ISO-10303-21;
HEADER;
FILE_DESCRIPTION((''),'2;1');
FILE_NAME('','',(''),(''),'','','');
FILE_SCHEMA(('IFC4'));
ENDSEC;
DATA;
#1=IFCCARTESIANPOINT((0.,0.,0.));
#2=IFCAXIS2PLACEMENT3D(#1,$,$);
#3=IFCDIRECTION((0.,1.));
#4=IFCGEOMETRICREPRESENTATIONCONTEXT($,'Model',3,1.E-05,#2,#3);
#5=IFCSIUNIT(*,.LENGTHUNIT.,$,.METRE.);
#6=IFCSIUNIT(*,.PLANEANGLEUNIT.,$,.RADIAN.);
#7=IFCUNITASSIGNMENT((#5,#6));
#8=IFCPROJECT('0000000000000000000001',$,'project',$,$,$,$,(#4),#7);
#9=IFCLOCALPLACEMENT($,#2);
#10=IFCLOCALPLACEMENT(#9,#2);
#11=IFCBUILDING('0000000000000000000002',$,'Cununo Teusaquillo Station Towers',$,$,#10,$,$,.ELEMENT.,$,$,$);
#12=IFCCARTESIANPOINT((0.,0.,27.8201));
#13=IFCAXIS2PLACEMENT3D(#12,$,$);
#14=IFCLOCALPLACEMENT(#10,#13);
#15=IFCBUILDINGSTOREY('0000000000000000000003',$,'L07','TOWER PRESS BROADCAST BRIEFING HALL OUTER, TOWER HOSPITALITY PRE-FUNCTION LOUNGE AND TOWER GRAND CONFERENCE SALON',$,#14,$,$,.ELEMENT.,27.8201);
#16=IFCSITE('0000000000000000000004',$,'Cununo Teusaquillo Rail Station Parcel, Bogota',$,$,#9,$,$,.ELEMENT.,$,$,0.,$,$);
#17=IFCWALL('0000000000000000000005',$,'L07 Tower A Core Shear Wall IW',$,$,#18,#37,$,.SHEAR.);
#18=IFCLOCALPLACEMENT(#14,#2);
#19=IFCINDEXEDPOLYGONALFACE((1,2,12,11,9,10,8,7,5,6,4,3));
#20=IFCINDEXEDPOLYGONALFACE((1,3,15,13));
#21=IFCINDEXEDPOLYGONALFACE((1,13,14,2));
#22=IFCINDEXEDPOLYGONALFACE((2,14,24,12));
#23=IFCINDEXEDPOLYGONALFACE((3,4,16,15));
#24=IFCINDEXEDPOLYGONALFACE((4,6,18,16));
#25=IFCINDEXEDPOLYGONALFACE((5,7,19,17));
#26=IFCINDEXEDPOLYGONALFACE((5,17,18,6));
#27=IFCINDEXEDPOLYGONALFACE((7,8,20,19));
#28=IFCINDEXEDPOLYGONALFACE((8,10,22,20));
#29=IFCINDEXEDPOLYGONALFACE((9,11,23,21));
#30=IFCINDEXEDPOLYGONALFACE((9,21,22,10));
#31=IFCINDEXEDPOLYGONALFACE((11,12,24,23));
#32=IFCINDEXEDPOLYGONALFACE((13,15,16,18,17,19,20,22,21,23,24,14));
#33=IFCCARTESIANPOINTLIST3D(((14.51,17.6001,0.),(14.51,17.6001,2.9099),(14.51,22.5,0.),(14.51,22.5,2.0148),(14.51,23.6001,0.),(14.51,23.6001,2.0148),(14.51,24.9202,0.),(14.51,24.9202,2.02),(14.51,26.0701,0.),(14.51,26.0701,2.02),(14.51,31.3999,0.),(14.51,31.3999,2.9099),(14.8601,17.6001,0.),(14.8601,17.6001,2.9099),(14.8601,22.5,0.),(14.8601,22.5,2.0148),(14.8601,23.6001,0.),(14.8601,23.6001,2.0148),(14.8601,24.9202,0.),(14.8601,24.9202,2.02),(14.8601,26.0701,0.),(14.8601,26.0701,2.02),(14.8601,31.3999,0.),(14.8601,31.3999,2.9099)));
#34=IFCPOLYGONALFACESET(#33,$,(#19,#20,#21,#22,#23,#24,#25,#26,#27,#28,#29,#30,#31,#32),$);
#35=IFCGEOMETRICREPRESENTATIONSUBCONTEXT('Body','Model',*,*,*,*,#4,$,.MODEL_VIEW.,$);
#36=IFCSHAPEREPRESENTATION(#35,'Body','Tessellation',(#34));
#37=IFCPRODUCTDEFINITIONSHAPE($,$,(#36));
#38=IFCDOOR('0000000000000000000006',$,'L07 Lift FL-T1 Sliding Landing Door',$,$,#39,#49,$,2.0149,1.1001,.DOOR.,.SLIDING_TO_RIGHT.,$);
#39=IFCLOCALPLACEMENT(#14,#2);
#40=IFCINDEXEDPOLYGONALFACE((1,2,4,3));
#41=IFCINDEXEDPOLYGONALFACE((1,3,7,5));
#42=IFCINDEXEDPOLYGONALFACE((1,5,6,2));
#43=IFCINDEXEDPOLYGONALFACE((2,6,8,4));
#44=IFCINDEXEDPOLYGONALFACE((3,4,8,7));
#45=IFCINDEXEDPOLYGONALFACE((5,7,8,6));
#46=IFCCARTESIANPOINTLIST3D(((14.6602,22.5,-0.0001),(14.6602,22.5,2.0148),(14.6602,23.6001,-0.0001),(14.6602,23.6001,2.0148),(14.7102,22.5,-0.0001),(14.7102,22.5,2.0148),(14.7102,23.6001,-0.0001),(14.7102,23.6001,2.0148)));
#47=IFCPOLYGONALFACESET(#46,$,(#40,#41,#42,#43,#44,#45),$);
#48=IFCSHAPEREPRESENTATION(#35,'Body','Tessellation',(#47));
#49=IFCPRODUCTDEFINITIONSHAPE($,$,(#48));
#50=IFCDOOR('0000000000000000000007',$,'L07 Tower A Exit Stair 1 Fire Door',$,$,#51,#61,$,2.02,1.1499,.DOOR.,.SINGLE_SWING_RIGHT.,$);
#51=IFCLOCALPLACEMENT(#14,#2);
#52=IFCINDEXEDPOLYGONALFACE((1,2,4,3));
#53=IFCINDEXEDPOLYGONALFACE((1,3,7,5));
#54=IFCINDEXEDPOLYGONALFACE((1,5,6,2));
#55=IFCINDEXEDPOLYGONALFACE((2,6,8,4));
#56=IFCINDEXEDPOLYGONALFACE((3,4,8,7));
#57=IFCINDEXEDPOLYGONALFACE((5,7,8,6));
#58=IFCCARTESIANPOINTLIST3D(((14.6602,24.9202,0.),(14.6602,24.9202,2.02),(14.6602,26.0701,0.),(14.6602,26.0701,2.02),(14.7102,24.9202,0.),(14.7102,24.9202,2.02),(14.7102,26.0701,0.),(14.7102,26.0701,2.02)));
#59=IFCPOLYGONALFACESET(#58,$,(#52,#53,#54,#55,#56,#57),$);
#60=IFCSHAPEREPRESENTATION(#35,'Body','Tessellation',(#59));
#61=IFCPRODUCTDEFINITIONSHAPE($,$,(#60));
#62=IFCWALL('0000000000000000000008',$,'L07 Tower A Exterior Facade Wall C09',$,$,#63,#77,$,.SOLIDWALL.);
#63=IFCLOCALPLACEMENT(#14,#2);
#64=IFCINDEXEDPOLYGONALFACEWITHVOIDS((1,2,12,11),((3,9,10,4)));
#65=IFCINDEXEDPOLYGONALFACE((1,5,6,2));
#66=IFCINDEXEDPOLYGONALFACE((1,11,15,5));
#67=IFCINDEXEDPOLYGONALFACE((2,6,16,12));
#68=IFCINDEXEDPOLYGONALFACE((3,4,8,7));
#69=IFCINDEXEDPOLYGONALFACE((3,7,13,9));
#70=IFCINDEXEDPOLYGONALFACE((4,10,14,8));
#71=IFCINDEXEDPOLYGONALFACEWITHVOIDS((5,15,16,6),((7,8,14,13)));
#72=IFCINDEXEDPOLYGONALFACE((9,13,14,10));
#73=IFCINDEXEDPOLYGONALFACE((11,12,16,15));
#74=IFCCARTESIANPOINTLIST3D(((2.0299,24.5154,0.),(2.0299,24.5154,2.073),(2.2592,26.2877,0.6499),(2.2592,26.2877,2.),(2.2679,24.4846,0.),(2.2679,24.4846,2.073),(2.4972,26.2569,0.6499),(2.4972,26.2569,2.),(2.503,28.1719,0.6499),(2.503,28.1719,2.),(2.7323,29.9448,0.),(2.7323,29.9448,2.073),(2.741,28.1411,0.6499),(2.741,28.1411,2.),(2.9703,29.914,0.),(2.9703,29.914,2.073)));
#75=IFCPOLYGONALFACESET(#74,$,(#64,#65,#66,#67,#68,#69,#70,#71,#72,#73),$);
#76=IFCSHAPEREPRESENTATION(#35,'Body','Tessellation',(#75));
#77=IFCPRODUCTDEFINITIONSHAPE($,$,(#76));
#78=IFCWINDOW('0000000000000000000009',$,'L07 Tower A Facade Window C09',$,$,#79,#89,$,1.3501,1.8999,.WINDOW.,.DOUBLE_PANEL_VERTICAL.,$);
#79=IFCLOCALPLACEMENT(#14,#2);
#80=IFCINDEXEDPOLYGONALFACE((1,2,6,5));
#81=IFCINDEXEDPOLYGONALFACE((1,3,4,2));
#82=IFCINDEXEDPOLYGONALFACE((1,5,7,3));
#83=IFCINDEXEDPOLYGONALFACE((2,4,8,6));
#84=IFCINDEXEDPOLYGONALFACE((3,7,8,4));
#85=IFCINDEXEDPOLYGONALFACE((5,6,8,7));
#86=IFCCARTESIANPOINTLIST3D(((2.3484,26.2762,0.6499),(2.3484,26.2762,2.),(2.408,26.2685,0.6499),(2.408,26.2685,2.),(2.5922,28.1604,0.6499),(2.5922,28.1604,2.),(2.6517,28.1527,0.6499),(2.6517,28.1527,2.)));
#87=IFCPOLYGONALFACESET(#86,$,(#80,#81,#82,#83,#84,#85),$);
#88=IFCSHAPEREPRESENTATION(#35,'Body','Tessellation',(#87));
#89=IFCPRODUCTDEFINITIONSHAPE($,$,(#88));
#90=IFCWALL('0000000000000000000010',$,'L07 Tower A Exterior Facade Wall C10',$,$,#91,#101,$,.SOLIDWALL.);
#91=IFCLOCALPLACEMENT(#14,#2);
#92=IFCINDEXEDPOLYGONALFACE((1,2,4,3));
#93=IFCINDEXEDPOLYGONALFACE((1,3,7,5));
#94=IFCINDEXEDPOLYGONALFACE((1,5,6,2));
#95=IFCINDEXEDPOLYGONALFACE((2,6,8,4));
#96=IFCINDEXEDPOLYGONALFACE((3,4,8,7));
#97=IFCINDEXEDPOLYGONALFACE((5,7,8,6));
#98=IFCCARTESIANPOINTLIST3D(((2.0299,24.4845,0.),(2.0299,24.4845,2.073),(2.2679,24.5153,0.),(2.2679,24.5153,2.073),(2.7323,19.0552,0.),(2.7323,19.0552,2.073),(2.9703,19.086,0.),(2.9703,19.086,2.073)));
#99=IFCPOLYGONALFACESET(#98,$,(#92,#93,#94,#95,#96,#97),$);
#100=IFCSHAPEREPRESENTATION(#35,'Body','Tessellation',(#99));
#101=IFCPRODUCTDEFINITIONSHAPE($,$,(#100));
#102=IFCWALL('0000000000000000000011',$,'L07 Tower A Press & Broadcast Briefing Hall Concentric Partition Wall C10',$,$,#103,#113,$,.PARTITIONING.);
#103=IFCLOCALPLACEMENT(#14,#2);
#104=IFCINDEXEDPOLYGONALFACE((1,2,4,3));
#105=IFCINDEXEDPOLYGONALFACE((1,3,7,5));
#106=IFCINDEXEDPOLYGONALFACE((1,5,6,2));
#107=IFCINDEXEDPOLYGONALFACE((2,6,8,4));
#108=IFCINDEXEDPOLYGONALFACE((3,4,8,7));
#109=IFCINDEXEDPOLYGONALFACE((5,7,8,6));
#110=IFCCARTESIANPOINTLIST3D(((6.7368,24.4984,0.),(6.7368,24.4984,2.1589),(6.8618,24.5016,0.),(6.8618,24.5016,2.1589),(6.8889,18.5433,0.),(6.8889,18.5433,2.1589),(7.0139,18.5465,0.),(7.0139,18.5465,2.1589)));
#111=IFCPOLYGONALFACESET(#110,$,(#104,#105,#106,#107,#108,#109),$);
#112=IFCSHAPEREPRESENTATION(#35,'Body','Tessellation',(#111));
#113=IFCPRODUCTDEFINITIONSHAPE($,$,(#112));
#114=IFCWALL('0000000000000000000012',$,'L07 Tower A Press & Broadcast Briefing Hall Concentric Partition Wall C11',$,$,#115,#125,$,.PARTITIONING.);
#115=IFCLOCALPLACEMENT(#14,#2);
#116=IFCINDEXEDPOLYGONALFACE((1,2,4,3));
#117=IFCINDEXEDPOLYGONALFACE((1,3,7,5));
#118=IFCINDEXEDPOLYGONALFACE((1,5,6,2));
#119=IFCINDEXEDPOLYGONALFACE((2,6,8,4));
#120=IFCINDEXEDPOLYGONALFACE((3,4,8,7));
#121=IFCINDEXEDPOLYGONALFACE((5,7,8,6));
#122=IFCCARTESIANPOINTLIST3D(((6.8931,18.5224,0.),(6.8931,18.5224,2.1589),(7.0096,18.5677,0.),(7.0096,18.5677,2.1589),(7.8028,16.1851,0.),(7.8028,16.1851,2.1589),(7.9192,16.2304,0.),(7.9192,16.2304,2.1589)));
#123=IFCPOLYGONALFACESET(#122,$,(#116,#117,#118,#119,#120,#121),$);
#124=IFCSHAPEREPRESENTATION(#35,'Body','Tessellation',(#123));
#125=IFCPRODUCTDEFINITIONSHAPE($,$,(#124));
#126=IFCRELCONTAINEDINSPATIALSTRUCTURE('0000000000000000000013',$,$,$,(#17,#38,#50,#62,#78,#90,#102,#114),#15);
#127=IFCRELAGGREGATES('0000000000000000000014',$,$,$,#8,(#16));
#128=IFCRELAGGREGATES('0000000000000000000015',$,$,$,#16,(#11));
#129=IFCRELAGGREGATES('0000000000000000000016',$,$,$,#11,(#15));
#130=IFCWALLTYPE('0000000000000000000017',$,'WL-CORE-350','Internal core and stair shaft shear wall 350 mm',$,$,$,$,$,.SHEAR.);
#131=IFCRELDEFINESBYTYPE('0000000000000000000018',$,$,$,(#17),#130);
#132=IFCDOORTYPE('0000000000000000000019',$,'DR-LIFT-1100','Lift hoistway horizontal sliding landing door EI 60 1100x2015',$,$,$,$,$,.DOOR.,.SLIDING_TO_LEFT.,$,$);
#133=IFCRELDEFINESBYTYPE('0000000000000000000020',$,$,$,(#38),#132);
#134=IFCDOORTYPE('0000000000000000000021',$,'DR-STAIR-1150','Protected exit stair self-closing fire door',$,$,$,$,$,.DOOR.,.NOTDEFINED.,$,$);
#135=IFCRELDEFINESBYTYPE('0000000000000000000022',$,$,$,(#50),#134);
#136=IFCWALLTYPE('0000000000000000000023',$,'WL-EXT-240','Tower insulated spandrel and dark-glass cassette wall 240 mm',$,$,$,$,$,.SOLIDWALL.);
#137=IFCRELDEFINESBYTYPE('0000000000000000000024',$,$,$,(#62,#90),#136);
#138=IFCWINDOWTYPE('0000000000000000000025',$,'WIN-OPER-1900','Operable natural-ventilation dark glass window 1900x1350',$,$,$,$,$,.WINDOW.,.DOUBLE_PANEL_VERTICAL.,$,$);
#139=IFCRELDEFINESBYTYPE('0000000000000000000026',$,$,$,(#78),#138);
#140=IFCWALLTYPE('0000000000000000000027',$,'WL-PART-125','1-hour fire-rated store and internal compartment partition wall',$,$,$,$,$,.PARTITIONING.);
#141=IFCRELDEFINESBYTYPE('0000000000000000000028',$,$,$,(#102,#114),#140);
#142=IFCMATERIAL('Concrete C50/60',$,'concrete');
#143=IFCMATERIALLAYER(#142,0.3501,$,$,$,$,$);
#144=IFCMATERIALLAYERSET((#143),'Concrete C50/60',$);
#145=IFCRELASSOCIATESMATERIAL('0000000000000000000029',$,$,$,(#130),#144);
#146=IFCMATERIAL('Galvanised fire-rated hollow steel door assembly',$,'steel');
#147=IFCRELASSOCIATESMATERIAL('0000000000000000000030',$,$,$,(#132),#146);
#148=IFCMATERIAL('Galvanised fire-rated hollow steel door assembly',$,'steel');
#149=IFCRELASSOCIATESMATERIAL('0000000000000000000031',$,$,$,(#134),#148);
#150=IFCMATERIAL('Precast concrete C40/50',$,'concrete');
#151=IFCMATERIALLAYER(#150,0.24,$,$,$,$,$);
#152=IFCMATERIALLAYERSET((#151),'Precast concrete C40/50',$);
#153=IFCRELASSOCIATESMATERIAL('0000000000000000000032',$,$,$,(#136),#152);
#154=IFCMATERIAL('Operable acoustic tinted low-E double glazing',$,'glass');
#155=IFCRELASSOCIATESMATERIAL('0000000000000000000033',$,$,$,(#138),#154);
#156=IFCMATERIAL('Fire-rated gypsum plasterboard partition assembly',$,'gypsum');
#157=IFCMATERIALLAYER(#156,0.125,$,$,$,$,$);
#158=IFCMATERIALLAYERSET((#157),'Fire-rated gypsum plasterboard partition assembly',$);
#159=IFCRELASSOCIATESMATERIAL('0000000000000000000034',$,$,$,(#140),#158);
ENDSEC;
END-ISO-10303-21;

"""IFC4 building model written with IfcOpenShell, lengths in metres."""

from ifc_helpers import new_model, si_unit, direction, frame, frame_2d, origin, place, context, subcontext, project, spatial, rectangle, extrude, source, transform, mapped, material, layer, layer_set, type_object, element, fill, save


model = new_model("IFC4")

# Units and contexts
model_context = context("Model", 3, precision=1e-05, world=origin(), true_north=direction((0.0, 1.0)))
body_context = subcontext(model_context, "Body", "Model", "MODEL_VIEW")
ifc_project = project(units=[si_unit("LENGTHUNIT", "METRE"), si_unit("PLANEANGLEUNIT", "RADIAN")], contexts=[model_context])

# Site, building, storey
site_placement = place(None, origin())
site = spatial("IfcSite", under=ifc_project, at=site_placement, Name="Cununo Teusaquillo Rail Station Parcel, Bogota", CompositionType="ELEMENT", RefElevation=0.0)
building_placement = place(site_placement, origin())
building = spatial("IfcBuilding", under=site, at=building_placement, Name="Cununo Teusaquillo Station Towers", CompositionType="ELEMENT")
storey_placement = place(building_placement, frame((0.0, 0.0, 27.8201)))
storey = spatial("IfcBuildingStorey", under=building, at=storey_placement, Name="L07", Description="TOWER PRESS BROADCAST BRIEFING HALL OUTER, TOWER HOSPITALITY PRE-FUNCTION LOUNGE AND TOWER GRAND CONFERENCE SALON", CompositionType="ELEMENT", Elevation=27.8201)

# Wall, openings, doors
ifc_material_1 = material(Name="Concrete C50/60", Category="concrete")
ifc_layer_1 = layer(ifc_material_1, 0.3501)
ifc_layer_set_1 = layer_set([ifc_layer_1], Name="Concrete C50/60")
wall_type_1 = type_object("IfcWallType", Name="WL-CORE-350", Description="Internal core and stair shaft shear wall 350 mm", PredefinedType="SHEAR", material=ifc_layer_set_1)
wall_1_placement = place(storey_placement, frame((14.6851, 17.6001, 0.0), z_axis=(0.0, 0.0, 1.0), x_axis=(0.0, 1.0, 0.0)))
wall_1 = element("IfcWall", 1, at=wall_1_placement, inside=storey, type_object=wall_type_1, Name="L07 Tower A Core Shear Wall IW", PredefinedType="SHEAR", context=body_context, shape_type="SweptSolid", body=[
    extrude(rectangle(XDim=13.7998, YDim=0.3501, at=frame_2d((6.8999, 0.0))), origin(), (0.0, 0.0, 1.0), 2.9099),
])
shared_shape_1 = source(origin(), body_context, "Body", "SweptSolid", [
    extrude(rectangle(XDim=1.1001, YDim=2.0149, at=frame_2d((0.55, 1.0073))), frame((0.0, 0.1851, 0.0), z_axis=(0.0, -1.0, 0.0), x_axis=(1.0, 0.0, 0.0)), (0.0, 0.0, 1.0), 0.3701),
])
opening_1_placement = place(wall_1_placement, frame((4.8999, 0.0, 0.0)))
opening_1 = element("IfcOpeningElement", 2, at=opening_1_placement, cuts=wall_1, PredefinedType="OPENING", context=body_context, shape_type="MappedRepresentation", body=[
    mapped(shared_shape_1, transform((0.0, 0.0, 0.0), x_axis=(1.0, 0.0, 0.0), y_axis=(0.0, 1.0, 0.0), z_axis=(0.0, 0.0, 1.0), scale=1.0)),
])
shared_shape_2 = source(origin(), body_context, "Body", "SweptSolid", [
    extrude(rectangle(XDim=1.1499, YDim=2.02, at=frame_2d((0.575, 1.01))), frame((0.0, 0.1851, 0.0), z_axis=(0.0, -1.0, 0.0), x_axis=(1.0, 0.0, 0.0)), (0.0, 0.0, 1.0), 0.3701),
])
opening_2_placement = place(wall_1_placement, frame((7.3201, 0.0, 0.0)))
opening_2 = element("IfcOpeningElement", 3, at=opening_2_placement, cuts=wall_1, PredefinedType="OPENING", context=body_context, shape_type="MappedRepresentation", body=[
    mapped(shared_shape_2, transform((0.0, 0.0, 0.0), x_axis=(1.0, 0.0, 0.0), y_axis=(0.0, 1.0, 0.0), z_axis=(0.0, 0.0, 1.0), scale=1.0)),
])
ifc_material_2 = material(Name="Galvanised fire-rated hollow steel door assembly", Category="steel")
door_type_1 = type_object("IfcDoorType", Name="DR-LIFT-1100", Description="Lift hoistway horizontal sliding landing door EI 60 1100x2015", OperationType="SLIDING_TO_LEFT", PredefinedType="DOOR", material=ifc_material_2)
shared_shape_3 = source(origin(), body_context, "Body", "SweptSolid", [
    extrude(rectangle(XDim=1.1001, YDim=2.0149, at=frame_2d((0.55, 1.0073))), frame((0.0, 0.0249, 0.0), z_axis=(0.0, -1.0, 0.0), x_axis=(1.0, 0.0, 0.0)), (0.0, 0.0, 1.0), 0.05),
])
door_1_placement = place(opening_1_placement, origin())
door_1 = element("IfcDoor", 4, at=door_1_placement, inside=storey, type_object=door_type_1, Name="L07 Lift FL-T1 Sliding Landing Door", OperationType="SLIDING_TO_RIGHT", OverallHeight=2.0149, OverallWidth=1.1001, PredefinedType="DOOR", context=body_context, shape_type="MappedRepresentation", body=[
    mapped(shared_shape_3, transform((0.0, 0.0, 0.0), x_axis=(1.0, 0.0, 0.0), y_axis=(0.0, 1.0, 0.0), z_axis=(0.0, 0.0, 1.0), scale=1.0)),
])
fill(opening_1, door_1)
ifc_material_3 = material(Name="Galvanised fire-rated hollow steel door assembly", Category="steel")
door_type_2 = type_object("IfcDoorType", Name="DR-STAIR-1150", Description="Protected exit stair self-closing fire door", OperationType="NOTDEFINED", PredefinedType="DOOR", material=ifc_material_3)
shared_shape_4 = source(origin(), body_context, "Body", "SweptSolid", [
    extrude(rectangle(XDim=1.1499, YDim=2.02, at=frame_2d((0.575, 1.01))), frame((0.0, 0.0249, 0.0), z_axis=(0.0, -1.0, 0.0), x_axis=(1.0, 0.0, 0.0)), (0.0, 0.0, 1.0), 0.05),
])
door_2_placement = place(opening_2_placement, origin())
door_2 = element("IfcDoor", 5, at=door_2_placement, inside=storey, type_object=door_type_2, Name="L07 Tower A Exit Stair 1 Fire Door", OperationType="SINGLE_SWING_RIGHT", OverallHeight=2.02, OverallWidth=1.1499, PredefinedType="DOOR", context=body_context, shape_type="MappedRepresentation", body=[
    mapped(shared_shape_4, transform((0.0, 0.0, 0.0), x_axis=(1.0, 0.0, 0.0), y_axis=(0.0, 1.0, 0.0), z_axis=(0.0, 0.0, 1.0), scale=1.0)),
])
fill(opening_2, door_2)

# Wall, opening, window
ifc_material_4 = material(Name="Precast concrete C40/50", Category="concrete")
ifc_layer_2 = layer(ifc_material_4, 0.24)
ifc_layer_set_2 = layer_set([ifc_layer_2], Name="Precast concrete C40/50")
wall_type_2 = type_object("IfcWallType", Name="WL-EXT-240", Description="Tower insulated spandrel and dark-glass cassette wall 240 mm", PredefinedType="SOLIDWALL", material=ifc_layer_set_2)
wall_2_placement = place(storey_placement, frame((2.1489, 24.5, 0.0), z_axis=(0.0, 0.0, 1.0), x_axis=(0.128298, 0.991736, 0.0)))
wall_2 = element("IfcWall", 6, at=wall_2_placement, inside=storey, type_object=wall_type_2, Name="L07 Tower A Exterior Facade Wall C09", PredefinedType="SOLIDWALL", context=body_context, shape_type="SweptSolid", body=[
    extrude(rectangle(XDim=5.4746, YDim=0.24, at=frame_2d((2.7373, 0.0))), origin(), (0.0, 0.0, 1.0), 2.073),
])
shared_shape_5 = source(origin(), body_context, "Body", "SweptSolid", [
    extrude(rectangle(XDim=1.8999, YDim=1.3501, at=frame_2d((0.95, 0.675))), frame((0.0, 0.1299, 0.0), z_axis=(0.0, -1.0, 0.0), x_axis=(1.0, 0.0, 0.0)), (0.0, 0.0, 1.0), 0.26),
])
opening_3_placement = place(wall_2_placement, frame((1.7871, 0.0, 0.6499)))
opening_3 = element("IfcOpeningElement", 7, at=opening_3_placement, cuts=wall_2, PredefinedType="OPENING", context=body_context, shape_type="MappedRepresentation", body=[
    mapped(shared_shape_5, transform((0.0, 0.0, 0.0), x_axis=(1.0, 0.0, 0.0), y_axis=(0.0, 1.0, 0.0), z_axis=(0.0, 0.0, 1.0), scale=1.0)),
])
ifc_material_5 = material(Name="Operable acoustic tinted low-E double glazing", Category="glass")
window_type = type_object("IfcWindowType", Name="WIN-OPER-1900", Description="Operable natural-ventilation dark glass window 1900x1350", PartitioningType="DOUBLE_PANEL_VERTICAL", PredefinedType="WINDOW", material=ifc_material_5)
shared_shape_6 = source(origin(), body_context, "Body", "SweptSolid", [
    extrude(rectangle(XDim=1.8999, YDim=1.3501, at=frame_2d((0.95, 0.675))), frame((0.0, 0.03, 0.0), z_axis=(0.0, -1.0, 0.0), x_axis=(1.0, 0.0, 0.0)), (0.0, 0.0, 1.0), 0.0601),
])
window_placement = place(opening_3_placement, origin())
window = element("IfcWindow", 8, at=window_placement, inside=storey, type_object=window_type, Name="L07 Tower A Facade Window C09", OverallHeight=1.3501, OverallWidth=1.8999, PartitioningType="DOUBLE_PANEL_VERTICAL", PredefinedType="WINDOW", context=body_context, shape_type="MappedRepresentation", body=[
    mapped(shared_shape_6, transform((0.0, 0.0, 0.0), x_axis=(1.0, 0.0, 0.0), y_axis=(0.0, 1.0, 0.0), z_axis=(0.0, 0.0, 1.0), scale=1.0)),
])
fill(opening_3, window)

# Walls
wall_3_placement = place(storey_placement, frame((2.8513, 19.0706, 0.0), z_axis=(0.0, 0.0, 1.0), x_axis=(-0.128298, 0.991736, 0.0)))
element("IfcWall", 9, at=wall_3_placement, inside=storey, type_object=wall_type_2, Name="L07 Tower A Exterior Facade Wall C10", PredefinedType="SOLIDWALL", context=body_context, shape_type="SweptSolid", body=[
    extrude(rectangle(XDim=5.4746, YDim=0.24, at=frame_2d((2.7373, 0.0))), origin(), (0.0, 0.0, 1.0), 2.073),
])
ifc_material_6 = material(Name="Fire-rated gypsum plasterboard partition assembly", Category="gypsum")
ifc_layer_3 = layer(ifc_material_6, 0.125)
ifc_layer_set_3 = layer_set([ifc_layer_3], Name="Fire-rated gypsum plasterboard partition assembly")
wall_type_3 = type_object("IfcWallType", Name="WL-PART-125", Description="1-hour fire-rated store and internal compartment partition wall", PredefinedType="PARTITIONING", material=ifc_layer_set_3)
wall_4_placement = place(storey_placement, frame((6.7993, 24.5, 0.0), z_axis=(0.0, 0.0, 1.0), x_axis=(0.025533, -0.999674, 0.0)))
element("IfcWall", 10, at=wall_4_placement, inside=storey, type_object=wall_type_3, Name="L07 Tower A Press & Broadcast Briefing Hall Concentric Partition Wall C10", PredefinedType="PARTITIONING", context=body_context, shape_type="SweptSolid", body=[
    extrude(rectangle(XDim=5.957, YDim=0.125, at=frame_2d((2.9785, 0.0))), origin(), (0.0, 0.0, 1.0), 2.1589),
])
wall_5_placement = place(storey_placement, frame((6.9514, 18.5449, 0.0), z_axis=(0.0, 0.0, 1.0), x_axis=(0.362681, -0.931913, 0.0)))
element("IfcWall", 11, at=wall_5_placement, inside=storey, type_object=wall_type_3, Name="L07 Tower A Press & Broadcast Briefing Hall Concentric Partition Wall C11", PredefinedType="PARTITIONING", context=body_context, shape_type="SweptSolid", body=[
    extrude(rectangle(XDim=2.5081, YDim=0.125, at=frame_2d((1.2539, 0.0))), origin(), (0.0, 0.0, 1.0), 2.1589),
])

save(model, "model.ifc")
